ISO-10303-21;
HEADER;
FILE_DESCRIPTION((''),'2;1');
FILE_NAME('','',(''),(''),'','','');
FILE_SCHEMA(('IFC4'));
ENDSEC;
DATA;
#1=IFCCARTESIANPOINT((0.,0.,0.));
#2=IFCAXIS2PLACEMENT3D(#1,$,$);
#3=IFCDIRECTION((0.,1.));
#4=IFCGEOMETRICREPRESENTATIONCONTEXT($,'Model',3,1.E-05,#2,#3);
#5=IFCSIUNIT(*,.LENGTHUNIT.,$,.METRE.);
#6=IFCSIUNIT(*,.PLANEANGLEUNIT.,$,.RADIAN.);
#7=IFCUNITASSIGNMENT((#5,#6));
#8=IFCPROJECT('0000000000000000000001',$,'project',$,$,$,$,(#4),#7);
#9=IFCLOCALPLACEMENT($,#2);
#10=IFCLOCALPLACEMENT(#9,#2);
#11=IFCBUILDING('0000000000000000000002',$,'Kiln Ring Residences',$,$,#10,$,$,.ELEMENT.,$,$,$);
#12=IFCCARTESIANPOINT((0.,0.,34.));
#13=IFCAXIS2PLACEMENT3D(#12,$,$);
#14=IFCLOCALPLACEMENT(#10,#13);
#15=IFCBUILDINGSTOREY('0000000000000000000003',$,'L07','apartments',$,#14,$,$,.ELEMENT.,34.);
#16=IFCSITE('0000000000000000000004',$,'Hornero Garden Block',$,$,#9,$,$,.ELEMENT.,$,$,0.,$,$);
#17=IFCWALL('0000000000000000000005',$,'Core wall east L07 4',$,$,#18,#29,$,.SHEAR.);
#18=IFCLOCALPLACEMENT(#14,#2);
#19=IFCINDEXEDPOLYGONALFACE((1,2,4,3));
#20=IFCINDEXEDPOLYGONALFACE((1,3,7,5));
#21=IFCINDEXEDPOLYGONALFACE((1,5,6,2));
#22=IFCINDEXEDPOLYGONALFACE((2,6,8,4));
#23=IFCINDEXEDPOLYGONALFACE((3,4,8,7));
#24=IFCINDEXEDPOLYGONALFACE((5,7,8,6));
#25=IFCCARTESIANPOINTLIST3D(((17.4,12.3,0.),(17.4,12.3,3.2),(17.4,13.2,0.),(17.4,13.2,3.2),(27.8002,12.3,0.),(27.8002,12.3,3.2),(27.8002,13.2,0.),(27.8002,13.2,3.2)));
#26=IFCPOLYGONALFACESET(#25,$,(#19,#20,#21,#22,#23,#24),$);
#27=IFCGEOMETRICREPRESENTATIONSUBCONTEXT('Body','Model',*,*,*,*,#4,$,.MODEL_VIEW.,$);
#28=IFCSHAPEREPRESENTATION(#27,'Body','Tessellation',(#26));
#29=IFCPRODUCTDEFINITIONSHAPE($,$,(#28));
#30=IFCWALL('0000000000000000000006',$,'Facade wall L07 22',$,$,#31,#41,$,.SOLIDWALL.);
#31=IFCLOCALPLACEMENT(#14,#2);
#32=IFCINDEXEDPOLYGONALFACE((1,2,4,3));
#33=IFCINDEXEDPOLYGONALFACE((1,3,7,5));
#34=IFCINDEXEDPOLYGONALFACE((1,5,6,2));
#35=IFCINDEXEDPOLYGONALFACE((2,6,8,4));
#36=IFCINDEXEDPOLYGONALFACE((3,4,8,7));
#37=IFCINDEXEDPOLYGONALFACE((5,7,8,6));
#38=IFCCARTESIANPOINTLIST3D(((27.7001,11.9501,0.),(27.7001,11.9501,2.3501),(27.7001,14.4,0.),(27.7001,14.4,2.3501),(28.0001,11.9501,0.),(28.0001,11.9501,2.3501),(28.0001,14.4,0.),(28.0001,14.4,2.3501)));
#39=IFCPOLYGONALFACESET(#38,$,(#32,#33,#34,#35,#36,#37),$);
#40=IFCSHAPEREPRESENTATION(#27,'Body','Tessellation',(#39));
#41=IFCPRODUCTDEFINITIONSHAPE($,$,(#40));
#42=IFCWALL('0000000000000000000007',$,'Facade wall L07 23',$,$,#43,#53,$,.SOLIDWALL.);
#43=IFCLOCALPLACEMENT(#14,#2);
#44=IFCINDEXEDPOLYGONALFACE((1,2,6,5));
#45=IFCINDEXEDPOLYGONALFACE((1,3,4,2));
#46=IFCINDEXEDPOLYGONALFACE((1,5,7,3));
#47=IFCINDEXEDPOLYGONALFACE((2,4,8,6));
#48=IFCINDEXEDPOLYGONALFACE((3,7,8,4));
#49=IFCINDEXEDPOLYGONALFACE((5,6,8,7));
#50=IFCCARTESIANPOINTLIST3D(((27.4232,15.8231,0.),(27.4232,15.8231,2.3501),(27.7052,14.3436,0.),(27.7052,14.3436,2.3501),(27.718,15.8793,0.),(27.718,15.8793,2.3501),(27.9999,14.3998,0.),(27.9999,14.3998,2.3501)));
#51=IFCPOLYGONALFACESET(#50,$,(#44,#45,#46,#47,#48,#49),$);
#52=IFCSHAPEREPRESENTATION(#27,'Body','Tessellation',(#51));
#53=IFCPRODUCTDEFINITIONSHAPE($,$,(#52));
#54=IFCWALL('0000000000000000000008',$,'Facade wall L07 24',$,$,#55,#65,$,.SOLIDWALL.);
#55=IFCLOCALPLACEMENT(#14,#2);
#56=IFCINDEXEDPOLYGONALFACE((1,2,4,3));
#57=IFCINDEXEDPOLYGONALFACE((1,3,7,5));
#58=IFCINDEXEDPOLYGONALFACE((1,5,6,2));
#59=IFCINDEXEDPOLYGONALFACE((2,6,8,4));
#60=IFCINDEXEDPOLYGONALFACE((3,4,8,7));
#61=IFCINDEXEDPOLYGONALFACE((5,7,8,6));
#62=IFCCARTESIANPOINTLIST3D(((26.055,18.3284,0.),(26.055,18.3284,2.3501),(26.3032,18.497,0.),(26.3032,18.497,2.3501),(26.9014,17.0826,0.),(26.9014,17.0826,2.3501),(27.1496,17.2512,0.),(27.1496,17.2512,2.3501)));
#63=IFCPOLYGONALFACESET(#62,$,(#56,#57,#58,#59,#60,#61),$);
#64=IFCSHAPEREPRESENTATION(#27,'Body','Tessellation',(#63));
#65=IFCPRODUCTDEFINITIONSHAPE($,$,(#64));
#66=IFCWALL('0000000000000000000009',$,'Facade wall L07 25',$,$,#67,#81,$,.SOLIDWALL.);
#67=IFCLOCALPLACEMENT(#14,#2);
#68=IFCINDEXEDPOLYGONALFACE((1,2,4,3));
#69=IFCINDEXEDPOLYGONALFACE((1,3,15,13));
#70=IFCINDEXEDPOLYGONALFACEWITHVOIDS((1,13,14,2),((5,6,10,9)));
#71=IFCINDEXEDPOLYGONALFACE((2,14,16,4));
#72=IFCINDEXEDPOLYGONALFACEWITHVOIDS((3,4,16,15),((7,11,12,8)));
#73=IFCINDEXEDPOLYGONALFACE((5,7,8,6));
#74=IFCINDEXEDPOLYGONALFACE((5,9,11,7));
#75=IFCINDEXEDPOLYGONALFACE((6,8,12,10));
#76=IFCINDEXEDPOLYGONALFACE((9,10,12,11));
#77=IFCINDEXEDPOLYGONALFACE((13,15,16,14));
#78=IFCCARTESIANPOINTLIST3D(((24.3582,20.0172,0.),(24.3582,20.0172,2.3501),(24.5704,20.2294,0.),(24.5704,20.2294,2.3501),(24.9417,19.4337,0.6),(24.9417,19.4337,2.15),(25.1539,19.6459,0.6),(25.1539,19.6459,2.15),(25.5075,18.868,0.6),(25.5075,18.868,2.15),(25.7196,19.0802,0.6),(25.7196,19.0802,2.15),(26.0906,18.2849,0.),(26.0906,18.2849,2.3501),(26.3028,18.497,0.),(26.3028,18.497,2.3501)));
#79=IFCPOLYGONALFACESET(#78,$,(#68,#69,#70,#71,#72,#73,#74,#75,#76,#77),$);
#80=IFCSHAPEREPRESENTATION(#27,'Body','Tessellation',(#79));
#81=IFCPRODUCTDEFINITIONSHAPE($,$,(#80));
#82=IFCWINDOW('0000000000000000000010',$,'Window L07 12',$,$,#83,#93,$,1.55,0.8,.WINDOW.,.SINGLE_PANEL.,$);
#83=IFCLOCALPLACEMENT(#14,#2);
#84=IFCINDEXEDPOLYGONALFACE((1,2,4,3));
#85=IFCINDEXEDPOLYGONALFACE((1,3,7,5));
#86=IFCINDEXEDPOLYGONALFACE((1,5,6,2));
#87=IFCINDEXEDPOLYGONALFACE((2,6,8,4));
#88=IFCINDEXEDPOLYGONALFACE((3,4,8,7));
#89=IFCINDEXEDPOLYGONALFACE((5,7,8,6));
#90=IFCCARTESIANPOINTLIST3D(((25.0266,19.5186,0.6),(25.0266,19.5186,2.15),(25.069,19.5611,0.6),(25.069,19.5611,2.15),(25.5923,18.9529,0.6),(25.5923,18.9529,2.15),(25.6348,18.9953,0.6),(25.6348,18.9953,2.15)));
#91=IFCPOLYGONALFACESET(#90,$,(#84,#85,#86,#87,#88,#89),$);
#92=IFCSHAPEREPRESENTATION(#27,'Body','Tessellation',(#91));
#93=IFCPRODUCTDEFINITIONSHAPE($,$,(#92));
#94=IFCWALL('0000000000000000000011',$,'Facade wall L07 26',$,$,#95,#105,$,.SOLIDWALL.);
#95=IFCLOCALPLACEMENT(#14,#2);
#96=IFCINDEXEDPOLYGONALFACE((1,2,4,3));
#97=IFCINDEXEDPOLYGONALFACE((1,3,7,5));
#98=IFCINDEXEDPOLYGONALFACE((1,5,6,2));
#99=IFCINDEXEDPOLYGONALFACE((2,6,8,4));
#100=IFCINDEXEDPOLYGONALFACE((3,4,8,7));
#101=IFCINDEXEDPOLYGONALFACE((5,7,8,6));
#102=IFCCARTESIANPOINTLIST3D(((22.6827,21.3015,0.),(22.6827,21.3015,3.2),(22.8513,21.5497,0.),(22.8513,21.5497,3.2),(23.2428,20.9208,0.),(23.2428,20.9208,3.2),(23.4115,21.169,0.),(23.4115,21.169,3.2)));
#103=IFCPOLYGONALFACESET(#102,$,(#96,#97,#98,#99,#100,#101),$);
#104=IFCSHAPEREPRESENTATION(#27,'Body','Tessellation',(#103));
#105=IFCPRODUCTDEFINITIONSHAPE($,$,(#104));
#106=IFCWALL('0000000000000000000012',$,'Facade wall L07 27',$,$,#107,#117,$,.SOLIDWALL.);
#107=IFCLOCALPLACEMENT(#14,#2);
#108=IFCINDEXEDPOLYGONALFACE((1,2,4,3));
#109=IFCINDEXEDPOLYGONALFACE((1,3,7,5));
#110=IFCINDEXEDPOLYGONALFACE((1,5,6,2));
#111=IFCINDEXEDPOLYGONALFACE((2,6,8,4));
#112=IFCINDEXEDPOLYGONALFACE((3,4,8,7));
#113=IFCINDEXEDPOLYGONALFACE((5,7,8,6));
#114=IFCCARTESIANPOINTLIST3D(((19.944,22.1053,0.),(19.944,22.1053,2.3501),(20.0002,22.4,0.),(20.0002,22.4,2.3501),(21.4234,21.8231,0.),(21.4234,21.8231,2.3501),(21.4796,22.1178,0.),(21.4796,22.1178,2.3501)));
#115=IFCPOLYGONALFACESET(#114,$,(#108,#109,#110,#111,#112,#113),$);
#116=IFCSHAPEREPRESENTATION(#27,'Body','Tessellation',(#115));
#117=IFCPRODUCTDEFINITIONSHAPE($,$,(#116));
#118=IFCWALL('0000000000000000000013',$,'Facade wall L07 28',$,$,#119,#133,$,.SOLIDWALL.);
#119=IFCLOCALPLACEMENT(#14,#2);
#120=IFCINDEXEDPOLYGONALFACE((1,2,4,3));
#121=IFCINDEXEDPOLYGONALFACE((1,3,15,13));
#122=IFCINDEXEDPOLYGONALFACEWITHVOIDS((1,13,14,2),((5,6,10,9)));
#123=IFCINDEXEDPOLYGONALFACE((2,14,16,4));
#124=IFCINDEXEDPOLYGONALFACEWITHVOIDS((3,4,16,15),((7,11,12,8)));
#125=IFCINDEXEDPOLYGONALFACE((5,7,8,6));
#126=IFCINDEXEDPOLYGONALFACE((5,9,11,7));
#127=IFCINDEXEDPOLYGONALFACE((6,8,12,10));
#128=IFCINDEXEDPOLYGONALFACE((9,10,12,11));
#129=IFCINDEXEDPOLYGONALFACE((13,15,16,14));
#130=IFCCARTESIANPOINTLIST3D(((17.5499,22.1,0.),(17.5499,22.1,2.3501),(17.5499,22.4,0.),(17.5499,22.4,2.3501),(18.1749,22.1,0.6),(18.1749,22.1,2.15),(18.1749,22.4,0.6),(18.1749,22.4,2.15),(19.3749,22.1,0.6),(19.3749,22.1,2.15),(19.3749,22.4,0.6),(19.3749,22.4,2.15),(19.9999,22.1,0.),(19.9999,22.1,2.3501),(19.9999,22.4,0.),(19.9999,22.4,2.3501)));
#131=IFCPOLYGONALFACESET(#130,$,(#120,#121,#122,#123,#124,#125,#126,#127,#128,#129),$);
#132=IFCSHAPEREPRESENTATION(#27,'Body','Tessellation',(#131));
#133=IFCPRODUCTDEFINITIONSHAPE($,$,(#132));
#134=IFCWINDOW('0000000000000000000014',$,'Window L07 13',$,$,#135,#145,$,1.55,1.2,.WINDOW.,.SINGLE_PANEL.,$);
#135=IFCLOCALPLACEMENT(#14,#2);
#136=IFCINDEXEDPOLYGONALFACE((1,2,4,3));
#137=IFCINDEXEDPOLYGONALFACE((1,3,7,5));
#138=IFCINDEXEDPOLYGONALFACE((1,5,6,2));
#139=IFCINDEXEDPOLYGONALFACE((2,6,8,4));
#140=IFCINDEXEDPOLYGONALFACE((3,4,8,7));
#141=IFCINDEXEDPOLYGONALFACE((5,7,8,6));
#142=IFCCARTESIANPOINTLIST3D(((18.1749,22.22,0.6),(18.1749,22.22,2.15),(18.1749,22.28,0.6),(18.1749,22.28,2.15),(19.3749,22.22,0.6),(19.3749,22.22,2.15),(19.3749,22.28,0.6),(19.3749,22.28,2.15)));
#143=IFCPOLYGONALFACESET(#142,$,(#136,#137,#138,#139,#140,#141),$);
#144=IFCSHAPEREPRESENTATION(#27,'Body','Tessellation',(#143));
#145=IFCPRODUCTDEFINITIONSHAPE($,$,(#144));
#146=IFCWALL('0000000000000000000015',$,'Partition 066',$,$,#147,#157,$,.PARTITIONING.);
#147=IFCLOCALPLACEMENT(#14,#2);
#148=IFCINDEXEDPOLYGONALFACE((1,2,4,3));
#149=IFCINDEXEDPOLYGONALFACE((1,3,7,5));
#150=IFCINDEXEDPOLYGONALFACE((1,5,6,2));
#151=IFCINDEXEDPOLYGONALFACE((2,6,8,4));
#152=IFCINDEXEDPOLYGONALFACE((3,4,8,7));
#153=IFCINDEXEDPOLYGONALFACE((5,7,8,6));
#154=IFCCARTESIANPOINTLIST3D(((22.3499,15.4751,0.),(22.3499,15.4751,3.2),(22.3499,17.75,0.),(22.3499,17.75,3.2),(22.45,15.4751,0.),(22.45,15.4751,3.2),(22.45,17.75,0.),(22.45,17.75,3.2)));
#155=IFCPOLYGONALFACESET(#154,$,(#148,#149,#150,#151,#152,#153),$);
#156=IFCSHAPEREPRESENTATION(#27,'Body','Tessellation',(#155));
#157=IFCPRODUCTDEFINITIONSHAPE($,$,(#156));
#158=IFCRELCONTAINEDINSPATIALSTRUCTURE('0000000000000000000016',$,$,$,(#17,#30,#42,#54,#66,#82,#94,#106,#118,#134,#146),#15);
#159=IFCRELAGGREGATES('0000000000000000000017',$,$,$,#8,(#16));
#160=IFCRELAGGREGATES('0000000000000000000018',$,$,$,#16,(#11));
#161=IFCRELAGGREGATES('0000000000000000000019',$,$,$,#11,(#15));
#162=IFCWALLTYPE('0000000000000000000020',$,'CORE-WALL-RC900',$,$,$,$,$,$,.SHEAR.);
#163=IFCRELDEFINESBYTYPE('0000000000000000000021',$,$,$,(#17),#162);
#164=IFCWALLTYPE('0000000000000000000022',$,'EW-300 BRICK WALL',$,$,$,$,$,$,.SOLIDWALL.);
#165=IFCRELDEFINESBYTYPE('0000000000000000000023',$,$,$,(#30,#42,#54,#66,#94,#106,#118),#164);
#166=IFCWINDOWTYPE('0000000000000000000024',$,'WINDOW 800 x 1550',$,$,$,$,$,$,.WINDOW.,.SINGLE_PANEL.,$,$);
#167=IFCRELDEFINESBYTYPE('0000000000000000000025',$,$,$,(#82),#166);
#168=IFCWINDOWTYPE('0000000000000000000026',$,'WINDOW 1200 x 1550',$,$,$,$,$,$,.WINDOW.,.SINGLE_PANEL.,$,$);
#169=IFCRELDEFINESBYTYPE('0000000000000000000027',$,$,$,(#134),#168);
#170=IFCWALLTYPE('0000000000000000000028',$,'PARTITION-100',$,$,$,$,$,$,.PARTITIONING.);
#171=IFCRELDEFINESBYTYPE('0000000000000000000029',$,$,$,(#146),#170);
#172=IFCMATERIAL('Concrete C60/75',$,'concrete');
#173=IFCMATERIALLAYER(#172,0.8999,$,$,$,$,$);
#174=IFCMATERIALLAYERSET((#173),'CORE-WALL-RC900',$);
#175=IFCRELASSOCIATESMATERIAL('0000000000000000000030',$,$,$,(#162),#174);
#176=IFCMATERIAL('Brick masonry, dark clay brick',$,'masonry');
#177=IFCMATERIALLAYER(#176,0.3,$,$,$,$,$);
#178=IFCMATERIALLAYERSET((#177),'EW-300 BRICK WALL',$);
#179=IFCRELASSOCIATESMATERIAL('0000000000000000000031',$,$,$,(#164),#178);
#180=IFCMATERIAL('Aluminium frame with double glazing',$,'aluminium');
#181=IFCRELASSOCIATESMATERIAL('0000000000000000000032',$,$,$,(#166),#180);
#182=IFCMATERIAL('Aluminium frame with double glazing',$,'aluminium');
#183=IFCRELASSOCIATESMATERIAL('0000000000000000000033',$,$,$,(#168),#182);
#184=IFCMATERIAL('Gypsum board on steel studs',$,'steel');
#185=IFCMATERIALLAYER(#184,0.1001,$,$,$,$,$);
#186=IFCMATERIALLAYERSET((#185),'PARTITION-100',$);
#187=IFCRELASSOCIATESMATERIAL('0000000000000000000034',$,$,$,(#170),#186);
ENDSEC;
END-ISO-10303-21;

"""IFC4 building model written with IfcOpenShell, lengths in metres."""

from ifc_helpers import new_model, si_unit, direction, frame, frame_2d, origin, place, context, subcontext, project, spatial, rectangle, extrude, material, layer, layer_set, type_object, element, fill, save


model = new_model("IFC4")

# Units and contexts
model_context = context("Model", 3, precision=1e-05, world=origin(), true_north=direction((0.0, 1.0)))
body_context = subcontext(model_context, "Body", "Model", "MODEL_VIEW")
ifc_project = project(units=[si_unit("LENGTHUNIT", "METRE"), si_unit("PLANEANGLEUNIT", "RADIAN")], contexts=[model_context])

# Site, building, storey
site_placement = place(None, origin())
site = spatial("IfcSite", under=ifc_project, at=site_placement, Name="Hornero Garden Block", CompositionType="ELEMENT", RefElevation=0.0)
building_placement = place(site_placement, origin())
building = spatial("IfcBuilding", under=site, at=building_placement, Name="Kiln Ring Residences", CompositionType="ELEMENT")
storey_placement = place(building_placement, frame((0.0, 0.0, 34.0)))
storey = spatial("IfcBuildingStorey", under=building, at=storey_placement, Name="L07", Description="apartments", CompositionType="ELEMENT", Elevation=34.0)

# Walls
ifc_material_1 = material(Name="Concrete C60/75", Category="concrete")
ifc_layer_1 = layer(ifc_material_1, 0.8999)
ifc_layer_set_1 = layer_set([ifc_layer_1], Name="CORE-WALL-RC900")
wall_type_1 = type_object("IfcWallType", Name="CORE-WALL-RC900", PredefinedType="SHEAR", material=ifc_layer_set_1)
wall_1_placement = place(storey_placement, frame((17.3999, 12.75, 0.0), z_axis=(0.0, 0.0, 1.0), x_axis=(1.0, 0.0, 0.0)))
element("IfcWall", 1, at=wall_1_placement, inside=storey, type_object=wall_type_1, Name="Core wall east L07 4", PredefinedType="SHEAR", context=body_context, shape_type="SweptSolid", body=[
    extrude(rectangle(XDim=10.4001, YDim=0.8999, at=frame_2d((5.2002, 0.0))), origin(), (0.0, 0.0, 1.0), 3.2),
])
ifc_material_2 = material(Name="Brick masonry, dark clay brick", Category="masonry")
ifc_layer_2 = layer(ifc_material_2, 0.3)
ifc_layer_set_2 = layer_set([ifc_layer_2], Name="EW-300 BRICK WALL")
wall_type_2 = type_object("IfcWallType", Name="EW-300 BRICK WALL", PredefinedType="SOLIDWALL", material=ifc_layer_set_2)
wall_2_placement = place(storey_placement, frame((27.8501, 11.95, 0.0), z_axis=(0.0, 0.0, 1.0), x_axis=(0.0, 1.0, 0.0)))
element("IfcWall", 2, at=wall_2_placement, inside=storey, type_object=wall_type_2, Name="Facade wall L07 22", PredefinedType="SOLIDWALL", context=body_context, shape_type="SweptSolid", body=[
    extrude(rectangle(XDim=2.45, YDim=0.3, at=frame_2d((1.2251, 0.0))), origin(), (0.0, 0.0, 1.0), 2.3501),
])
for number, where, z_axis, x_axis, name in (
    (3, (27.8525, 14.3718, 0.0), (0.0, 0.0, 1.0), (-0.187224, 0.982317, 0.0), "Facade wall L07 23"),
    (4, (27.0254, 17.167, 0.0), (0.0, 0.0, 1.0), (-0.561973, 0.827156, 0.0), "Facade wall L07 24"),
):
    element("IfcWall", number, at=place(storey_placement, frame(where, z_axis=z_axis, x_axis=x_axis)), inside=storey, type_object=wall_type_2, Name=name, PredefinedType="SOLIDWALL", context=body_context, shape_type="SweptSolid", body=[
        extrude(rectangle(XDim=1.5061, YDim=0.3, at=frame_2d((0.7529, 0.0))), origin(), (0.0, 0.0, 1.0), 2.3501),
    ])

# Wall, opening, window
wall_3_placement = place(storey_placement, frame((26.1968, 18.3909, 0.0), z_axis=(0.0, 0.0, 1.0), x_axis=(-0.707107, 0.707107, 0.0)))
wall_3 = element("IfcWall", 5, at=wall_3_placement, inside=storey, type_object=wall_type_2, Name="Facade wall L07 25", PredefinedType="SOLIDWALL", context=body_context, shape_type="SweptSolid", body=[
    extrude(rectangle(XDim=2.45, YDim=0.3, at=frame_2d((1.2251, 0.0))), origin(), (0.0, 0.0, 1.0), 2.3501),
])
opening_1_placement = place(wall_3_placement, frame((0.825, 0.0, 0.6001)))
opening_1 = element("IfcOpeningElement", 6, at=opening_1_placement, cuts=wall_3, PredefinedType="OPENING", context=body_context, shape_type="SweptSolid", body=[
    extrude(rectangle(XDim=0.8, YDim=1.55, at=frame_2d((0.3999, 0.7749))), frame((0.0, 0.1599, 0.0), z_axis=(0.0, -1.0, 0.0), x_axis=(1.0, 0.0, 0.0)), (0.0, 0.0, 1.0), 0.3201),
])
ifc_material_3 = material(Name="Aluminium frame with double glazing", Category="aluminium")
window_type_1 = type_object("IfcWindowType", Name="WINDOW 800 x 1550", PartitioningType="SINGLE_PANEL", PredefinedType="WINDOW", material=ifc_material_3)
window_1_placement = place(opening_1_placement, origin())
window_1 = element("IfcWindow", 7, at=window_1_placement, inside=storey, type_object=window_type_1, Name="Window L07 12", OverallHeight=1.55, OverallWidth=0.8, PartitioningType="SINGLE_PANEL", PredefinedType="WINDOW", context=body_context, shape_type="SweptSolid", body=[
    extrude(rectangle(XDim=0.8, YDim=1.55, at=frame_2d((0.3999, 0.7749))), frame((0.0, 0.03, 0.0), z_axis=(0.0, -1.0, 0.0), x_axis=(1.0, 0.0, 0.0)), (0.0, 0.0, 1.0), 0.0601),
])
fill(opening_1, window_1)

# Walls
wall_4_placement = place(storey_placement, frame((23.3271, 21.0449, 0.0), z_axis=(0.0, 0.0, 1.0), x_axis=(-0.827081, 0.562083, 0.0)))
element("IfcWall", 8, at=wall_4_placement, inside=storey, type_object=wall_type_2, Name="Facade wall L07 26", PredefinedType="SOLIDWALL", context=body_context, shape_type="SweptSolid", body=[
    extrude(rectangle(XDim=0.6772, YDim=0.3, at=frame_2d((0.3386, 0.0))), origin(), (0.0, 0.0, 1.0), 3.2),
])
wall_5_placement = place(storey_placement, frame((21.4514, 21.9705, 0.0), z_axis=(0.0, 0.0, 1.0), x_axis=(-0.982287, 0.18738, 0.0)))
element("IfcWall", 9, at=wall_5_placement, inside=storey, type_object=wall_type_2, Name="Facade wall L07 27", PredefinedType="SOLIDWALL", context=body_context, shape_type="SweptSolid", body=[
    extrude(rectangle(XDim=1.5061, YDim=0.3, at=frame_2d((0.7529, 0.0))), origin(), (0.0, 0.0, 1.0), 2.3501),
])

# Wall, opening, window
wall_6_placement = place(storey_placement, frame((20.0, 22.25, 0.0), z_axis=(0.0, 0.0, 1.0), x_axis=(-1.0, 0.0, 0.0)))
wall_6 = element("IfcWall", 10, at=wall_6_placement, inside=storey, type_object=wall_type_2, Name="Facade wall L07 28", PredefinedType="SOLIDWALL", context=body_context, shape_type="SweptSolid", body=[
    extrude(rectangle(XDim=2.45, YDim=0.3, at=frame_2d((1.2251, 0.0))), origin(), (0.0, 0.0, 1.0), 2.3501),
])
opening_2_placement = place(wall_6_placement, frame((0.625, 0.0, 0.6001)))
opening_2 = element("IfcOpeningElement", 11, at=opening_2_placement, cuts=wall_6, PredefinedType="OPENING", context=body_context, shape_type="SweptSolid", body=[
    extrude(rectangle(XDim=1.2, YDim=1.55, at=frame_2d((0.6001, 0.7749))), frame((0.0, 0.1599, 0.0), z_axis=(0.0, -1.0, 0.0), x_axis=(1.0, 0.0, 0.0)), (0.0, 0.0, 1.0), 0.3201),
])
ifc_material_4 = material(Name="Aluminium frame with double glazing", Category="aluminium")
window_type_2 = type_object("IfcWindowType", Name="WINDOW 1200 x 1550", PartitioningType="SINGLE_PANEL", PredefinedType="WINDOW", material=ifc_material_4)
window_2_placement = place(opening_2_placement, origin())
window_2 = element("IfcWindow", 12, at=window_2_placement, inside=storey, type_object=window_type_2, Name="Window L07 13", OverallHeight=1.55, OverallWidth=1.2, PartitioningType="SINGLE_PANEL", PredefinedType="WINDOW", context=body_context, shape_type="SweptSolid", body=[
    extrude(rectangle(XDim=1.2, YDim=1.55, at=frame_2d((0.6001, 0.7749))), frame((0.0, 0.03, 0.0), z_axis=(0.0, -1.0, 0.0), x_axis=(1.0, 0.0, 0.0)), (0.0, 0.0, 1.0), 0.0601),
])
fill(opening_2, window_2)

# Wall
ifc_material_5 = material(Name="Gypsum board on steel studs", Category="steel")
ifc_layer_3 = layer(ifc_material_5, 0.1001)
ifc_layer_set_3 = layer_set([ifc_layer_3], Name="PARTITION-100")
wall_type_3 = type_object("IfcWallType", Name="PARTITION-100", PredefinedType="PARTITIONING", material=ifc_layer_set_3)
wall_7_placement = place(storey_placement, frame((22.3999, 15.4751, 0.0), z_axis=(0.0, 0.0, 1.0), x_axis=(0.0, 1.0, 0.0)))
element("IfcWall", 13, at=wall_7_placement, inside=storey, type_object=wall_type_3, Name="Partition 066", PredefinedType="PARTITIONING", context=body_context, shape_type="SweptSolid", body=[
    extrude(rectangle(XDim=2.2749, YDim=0.1001, at=frame_2d((1.1375, 0.0))), origin(), (0.0, 0.0, 1.0), 3.2),
])

save(model, "model.ifc")
